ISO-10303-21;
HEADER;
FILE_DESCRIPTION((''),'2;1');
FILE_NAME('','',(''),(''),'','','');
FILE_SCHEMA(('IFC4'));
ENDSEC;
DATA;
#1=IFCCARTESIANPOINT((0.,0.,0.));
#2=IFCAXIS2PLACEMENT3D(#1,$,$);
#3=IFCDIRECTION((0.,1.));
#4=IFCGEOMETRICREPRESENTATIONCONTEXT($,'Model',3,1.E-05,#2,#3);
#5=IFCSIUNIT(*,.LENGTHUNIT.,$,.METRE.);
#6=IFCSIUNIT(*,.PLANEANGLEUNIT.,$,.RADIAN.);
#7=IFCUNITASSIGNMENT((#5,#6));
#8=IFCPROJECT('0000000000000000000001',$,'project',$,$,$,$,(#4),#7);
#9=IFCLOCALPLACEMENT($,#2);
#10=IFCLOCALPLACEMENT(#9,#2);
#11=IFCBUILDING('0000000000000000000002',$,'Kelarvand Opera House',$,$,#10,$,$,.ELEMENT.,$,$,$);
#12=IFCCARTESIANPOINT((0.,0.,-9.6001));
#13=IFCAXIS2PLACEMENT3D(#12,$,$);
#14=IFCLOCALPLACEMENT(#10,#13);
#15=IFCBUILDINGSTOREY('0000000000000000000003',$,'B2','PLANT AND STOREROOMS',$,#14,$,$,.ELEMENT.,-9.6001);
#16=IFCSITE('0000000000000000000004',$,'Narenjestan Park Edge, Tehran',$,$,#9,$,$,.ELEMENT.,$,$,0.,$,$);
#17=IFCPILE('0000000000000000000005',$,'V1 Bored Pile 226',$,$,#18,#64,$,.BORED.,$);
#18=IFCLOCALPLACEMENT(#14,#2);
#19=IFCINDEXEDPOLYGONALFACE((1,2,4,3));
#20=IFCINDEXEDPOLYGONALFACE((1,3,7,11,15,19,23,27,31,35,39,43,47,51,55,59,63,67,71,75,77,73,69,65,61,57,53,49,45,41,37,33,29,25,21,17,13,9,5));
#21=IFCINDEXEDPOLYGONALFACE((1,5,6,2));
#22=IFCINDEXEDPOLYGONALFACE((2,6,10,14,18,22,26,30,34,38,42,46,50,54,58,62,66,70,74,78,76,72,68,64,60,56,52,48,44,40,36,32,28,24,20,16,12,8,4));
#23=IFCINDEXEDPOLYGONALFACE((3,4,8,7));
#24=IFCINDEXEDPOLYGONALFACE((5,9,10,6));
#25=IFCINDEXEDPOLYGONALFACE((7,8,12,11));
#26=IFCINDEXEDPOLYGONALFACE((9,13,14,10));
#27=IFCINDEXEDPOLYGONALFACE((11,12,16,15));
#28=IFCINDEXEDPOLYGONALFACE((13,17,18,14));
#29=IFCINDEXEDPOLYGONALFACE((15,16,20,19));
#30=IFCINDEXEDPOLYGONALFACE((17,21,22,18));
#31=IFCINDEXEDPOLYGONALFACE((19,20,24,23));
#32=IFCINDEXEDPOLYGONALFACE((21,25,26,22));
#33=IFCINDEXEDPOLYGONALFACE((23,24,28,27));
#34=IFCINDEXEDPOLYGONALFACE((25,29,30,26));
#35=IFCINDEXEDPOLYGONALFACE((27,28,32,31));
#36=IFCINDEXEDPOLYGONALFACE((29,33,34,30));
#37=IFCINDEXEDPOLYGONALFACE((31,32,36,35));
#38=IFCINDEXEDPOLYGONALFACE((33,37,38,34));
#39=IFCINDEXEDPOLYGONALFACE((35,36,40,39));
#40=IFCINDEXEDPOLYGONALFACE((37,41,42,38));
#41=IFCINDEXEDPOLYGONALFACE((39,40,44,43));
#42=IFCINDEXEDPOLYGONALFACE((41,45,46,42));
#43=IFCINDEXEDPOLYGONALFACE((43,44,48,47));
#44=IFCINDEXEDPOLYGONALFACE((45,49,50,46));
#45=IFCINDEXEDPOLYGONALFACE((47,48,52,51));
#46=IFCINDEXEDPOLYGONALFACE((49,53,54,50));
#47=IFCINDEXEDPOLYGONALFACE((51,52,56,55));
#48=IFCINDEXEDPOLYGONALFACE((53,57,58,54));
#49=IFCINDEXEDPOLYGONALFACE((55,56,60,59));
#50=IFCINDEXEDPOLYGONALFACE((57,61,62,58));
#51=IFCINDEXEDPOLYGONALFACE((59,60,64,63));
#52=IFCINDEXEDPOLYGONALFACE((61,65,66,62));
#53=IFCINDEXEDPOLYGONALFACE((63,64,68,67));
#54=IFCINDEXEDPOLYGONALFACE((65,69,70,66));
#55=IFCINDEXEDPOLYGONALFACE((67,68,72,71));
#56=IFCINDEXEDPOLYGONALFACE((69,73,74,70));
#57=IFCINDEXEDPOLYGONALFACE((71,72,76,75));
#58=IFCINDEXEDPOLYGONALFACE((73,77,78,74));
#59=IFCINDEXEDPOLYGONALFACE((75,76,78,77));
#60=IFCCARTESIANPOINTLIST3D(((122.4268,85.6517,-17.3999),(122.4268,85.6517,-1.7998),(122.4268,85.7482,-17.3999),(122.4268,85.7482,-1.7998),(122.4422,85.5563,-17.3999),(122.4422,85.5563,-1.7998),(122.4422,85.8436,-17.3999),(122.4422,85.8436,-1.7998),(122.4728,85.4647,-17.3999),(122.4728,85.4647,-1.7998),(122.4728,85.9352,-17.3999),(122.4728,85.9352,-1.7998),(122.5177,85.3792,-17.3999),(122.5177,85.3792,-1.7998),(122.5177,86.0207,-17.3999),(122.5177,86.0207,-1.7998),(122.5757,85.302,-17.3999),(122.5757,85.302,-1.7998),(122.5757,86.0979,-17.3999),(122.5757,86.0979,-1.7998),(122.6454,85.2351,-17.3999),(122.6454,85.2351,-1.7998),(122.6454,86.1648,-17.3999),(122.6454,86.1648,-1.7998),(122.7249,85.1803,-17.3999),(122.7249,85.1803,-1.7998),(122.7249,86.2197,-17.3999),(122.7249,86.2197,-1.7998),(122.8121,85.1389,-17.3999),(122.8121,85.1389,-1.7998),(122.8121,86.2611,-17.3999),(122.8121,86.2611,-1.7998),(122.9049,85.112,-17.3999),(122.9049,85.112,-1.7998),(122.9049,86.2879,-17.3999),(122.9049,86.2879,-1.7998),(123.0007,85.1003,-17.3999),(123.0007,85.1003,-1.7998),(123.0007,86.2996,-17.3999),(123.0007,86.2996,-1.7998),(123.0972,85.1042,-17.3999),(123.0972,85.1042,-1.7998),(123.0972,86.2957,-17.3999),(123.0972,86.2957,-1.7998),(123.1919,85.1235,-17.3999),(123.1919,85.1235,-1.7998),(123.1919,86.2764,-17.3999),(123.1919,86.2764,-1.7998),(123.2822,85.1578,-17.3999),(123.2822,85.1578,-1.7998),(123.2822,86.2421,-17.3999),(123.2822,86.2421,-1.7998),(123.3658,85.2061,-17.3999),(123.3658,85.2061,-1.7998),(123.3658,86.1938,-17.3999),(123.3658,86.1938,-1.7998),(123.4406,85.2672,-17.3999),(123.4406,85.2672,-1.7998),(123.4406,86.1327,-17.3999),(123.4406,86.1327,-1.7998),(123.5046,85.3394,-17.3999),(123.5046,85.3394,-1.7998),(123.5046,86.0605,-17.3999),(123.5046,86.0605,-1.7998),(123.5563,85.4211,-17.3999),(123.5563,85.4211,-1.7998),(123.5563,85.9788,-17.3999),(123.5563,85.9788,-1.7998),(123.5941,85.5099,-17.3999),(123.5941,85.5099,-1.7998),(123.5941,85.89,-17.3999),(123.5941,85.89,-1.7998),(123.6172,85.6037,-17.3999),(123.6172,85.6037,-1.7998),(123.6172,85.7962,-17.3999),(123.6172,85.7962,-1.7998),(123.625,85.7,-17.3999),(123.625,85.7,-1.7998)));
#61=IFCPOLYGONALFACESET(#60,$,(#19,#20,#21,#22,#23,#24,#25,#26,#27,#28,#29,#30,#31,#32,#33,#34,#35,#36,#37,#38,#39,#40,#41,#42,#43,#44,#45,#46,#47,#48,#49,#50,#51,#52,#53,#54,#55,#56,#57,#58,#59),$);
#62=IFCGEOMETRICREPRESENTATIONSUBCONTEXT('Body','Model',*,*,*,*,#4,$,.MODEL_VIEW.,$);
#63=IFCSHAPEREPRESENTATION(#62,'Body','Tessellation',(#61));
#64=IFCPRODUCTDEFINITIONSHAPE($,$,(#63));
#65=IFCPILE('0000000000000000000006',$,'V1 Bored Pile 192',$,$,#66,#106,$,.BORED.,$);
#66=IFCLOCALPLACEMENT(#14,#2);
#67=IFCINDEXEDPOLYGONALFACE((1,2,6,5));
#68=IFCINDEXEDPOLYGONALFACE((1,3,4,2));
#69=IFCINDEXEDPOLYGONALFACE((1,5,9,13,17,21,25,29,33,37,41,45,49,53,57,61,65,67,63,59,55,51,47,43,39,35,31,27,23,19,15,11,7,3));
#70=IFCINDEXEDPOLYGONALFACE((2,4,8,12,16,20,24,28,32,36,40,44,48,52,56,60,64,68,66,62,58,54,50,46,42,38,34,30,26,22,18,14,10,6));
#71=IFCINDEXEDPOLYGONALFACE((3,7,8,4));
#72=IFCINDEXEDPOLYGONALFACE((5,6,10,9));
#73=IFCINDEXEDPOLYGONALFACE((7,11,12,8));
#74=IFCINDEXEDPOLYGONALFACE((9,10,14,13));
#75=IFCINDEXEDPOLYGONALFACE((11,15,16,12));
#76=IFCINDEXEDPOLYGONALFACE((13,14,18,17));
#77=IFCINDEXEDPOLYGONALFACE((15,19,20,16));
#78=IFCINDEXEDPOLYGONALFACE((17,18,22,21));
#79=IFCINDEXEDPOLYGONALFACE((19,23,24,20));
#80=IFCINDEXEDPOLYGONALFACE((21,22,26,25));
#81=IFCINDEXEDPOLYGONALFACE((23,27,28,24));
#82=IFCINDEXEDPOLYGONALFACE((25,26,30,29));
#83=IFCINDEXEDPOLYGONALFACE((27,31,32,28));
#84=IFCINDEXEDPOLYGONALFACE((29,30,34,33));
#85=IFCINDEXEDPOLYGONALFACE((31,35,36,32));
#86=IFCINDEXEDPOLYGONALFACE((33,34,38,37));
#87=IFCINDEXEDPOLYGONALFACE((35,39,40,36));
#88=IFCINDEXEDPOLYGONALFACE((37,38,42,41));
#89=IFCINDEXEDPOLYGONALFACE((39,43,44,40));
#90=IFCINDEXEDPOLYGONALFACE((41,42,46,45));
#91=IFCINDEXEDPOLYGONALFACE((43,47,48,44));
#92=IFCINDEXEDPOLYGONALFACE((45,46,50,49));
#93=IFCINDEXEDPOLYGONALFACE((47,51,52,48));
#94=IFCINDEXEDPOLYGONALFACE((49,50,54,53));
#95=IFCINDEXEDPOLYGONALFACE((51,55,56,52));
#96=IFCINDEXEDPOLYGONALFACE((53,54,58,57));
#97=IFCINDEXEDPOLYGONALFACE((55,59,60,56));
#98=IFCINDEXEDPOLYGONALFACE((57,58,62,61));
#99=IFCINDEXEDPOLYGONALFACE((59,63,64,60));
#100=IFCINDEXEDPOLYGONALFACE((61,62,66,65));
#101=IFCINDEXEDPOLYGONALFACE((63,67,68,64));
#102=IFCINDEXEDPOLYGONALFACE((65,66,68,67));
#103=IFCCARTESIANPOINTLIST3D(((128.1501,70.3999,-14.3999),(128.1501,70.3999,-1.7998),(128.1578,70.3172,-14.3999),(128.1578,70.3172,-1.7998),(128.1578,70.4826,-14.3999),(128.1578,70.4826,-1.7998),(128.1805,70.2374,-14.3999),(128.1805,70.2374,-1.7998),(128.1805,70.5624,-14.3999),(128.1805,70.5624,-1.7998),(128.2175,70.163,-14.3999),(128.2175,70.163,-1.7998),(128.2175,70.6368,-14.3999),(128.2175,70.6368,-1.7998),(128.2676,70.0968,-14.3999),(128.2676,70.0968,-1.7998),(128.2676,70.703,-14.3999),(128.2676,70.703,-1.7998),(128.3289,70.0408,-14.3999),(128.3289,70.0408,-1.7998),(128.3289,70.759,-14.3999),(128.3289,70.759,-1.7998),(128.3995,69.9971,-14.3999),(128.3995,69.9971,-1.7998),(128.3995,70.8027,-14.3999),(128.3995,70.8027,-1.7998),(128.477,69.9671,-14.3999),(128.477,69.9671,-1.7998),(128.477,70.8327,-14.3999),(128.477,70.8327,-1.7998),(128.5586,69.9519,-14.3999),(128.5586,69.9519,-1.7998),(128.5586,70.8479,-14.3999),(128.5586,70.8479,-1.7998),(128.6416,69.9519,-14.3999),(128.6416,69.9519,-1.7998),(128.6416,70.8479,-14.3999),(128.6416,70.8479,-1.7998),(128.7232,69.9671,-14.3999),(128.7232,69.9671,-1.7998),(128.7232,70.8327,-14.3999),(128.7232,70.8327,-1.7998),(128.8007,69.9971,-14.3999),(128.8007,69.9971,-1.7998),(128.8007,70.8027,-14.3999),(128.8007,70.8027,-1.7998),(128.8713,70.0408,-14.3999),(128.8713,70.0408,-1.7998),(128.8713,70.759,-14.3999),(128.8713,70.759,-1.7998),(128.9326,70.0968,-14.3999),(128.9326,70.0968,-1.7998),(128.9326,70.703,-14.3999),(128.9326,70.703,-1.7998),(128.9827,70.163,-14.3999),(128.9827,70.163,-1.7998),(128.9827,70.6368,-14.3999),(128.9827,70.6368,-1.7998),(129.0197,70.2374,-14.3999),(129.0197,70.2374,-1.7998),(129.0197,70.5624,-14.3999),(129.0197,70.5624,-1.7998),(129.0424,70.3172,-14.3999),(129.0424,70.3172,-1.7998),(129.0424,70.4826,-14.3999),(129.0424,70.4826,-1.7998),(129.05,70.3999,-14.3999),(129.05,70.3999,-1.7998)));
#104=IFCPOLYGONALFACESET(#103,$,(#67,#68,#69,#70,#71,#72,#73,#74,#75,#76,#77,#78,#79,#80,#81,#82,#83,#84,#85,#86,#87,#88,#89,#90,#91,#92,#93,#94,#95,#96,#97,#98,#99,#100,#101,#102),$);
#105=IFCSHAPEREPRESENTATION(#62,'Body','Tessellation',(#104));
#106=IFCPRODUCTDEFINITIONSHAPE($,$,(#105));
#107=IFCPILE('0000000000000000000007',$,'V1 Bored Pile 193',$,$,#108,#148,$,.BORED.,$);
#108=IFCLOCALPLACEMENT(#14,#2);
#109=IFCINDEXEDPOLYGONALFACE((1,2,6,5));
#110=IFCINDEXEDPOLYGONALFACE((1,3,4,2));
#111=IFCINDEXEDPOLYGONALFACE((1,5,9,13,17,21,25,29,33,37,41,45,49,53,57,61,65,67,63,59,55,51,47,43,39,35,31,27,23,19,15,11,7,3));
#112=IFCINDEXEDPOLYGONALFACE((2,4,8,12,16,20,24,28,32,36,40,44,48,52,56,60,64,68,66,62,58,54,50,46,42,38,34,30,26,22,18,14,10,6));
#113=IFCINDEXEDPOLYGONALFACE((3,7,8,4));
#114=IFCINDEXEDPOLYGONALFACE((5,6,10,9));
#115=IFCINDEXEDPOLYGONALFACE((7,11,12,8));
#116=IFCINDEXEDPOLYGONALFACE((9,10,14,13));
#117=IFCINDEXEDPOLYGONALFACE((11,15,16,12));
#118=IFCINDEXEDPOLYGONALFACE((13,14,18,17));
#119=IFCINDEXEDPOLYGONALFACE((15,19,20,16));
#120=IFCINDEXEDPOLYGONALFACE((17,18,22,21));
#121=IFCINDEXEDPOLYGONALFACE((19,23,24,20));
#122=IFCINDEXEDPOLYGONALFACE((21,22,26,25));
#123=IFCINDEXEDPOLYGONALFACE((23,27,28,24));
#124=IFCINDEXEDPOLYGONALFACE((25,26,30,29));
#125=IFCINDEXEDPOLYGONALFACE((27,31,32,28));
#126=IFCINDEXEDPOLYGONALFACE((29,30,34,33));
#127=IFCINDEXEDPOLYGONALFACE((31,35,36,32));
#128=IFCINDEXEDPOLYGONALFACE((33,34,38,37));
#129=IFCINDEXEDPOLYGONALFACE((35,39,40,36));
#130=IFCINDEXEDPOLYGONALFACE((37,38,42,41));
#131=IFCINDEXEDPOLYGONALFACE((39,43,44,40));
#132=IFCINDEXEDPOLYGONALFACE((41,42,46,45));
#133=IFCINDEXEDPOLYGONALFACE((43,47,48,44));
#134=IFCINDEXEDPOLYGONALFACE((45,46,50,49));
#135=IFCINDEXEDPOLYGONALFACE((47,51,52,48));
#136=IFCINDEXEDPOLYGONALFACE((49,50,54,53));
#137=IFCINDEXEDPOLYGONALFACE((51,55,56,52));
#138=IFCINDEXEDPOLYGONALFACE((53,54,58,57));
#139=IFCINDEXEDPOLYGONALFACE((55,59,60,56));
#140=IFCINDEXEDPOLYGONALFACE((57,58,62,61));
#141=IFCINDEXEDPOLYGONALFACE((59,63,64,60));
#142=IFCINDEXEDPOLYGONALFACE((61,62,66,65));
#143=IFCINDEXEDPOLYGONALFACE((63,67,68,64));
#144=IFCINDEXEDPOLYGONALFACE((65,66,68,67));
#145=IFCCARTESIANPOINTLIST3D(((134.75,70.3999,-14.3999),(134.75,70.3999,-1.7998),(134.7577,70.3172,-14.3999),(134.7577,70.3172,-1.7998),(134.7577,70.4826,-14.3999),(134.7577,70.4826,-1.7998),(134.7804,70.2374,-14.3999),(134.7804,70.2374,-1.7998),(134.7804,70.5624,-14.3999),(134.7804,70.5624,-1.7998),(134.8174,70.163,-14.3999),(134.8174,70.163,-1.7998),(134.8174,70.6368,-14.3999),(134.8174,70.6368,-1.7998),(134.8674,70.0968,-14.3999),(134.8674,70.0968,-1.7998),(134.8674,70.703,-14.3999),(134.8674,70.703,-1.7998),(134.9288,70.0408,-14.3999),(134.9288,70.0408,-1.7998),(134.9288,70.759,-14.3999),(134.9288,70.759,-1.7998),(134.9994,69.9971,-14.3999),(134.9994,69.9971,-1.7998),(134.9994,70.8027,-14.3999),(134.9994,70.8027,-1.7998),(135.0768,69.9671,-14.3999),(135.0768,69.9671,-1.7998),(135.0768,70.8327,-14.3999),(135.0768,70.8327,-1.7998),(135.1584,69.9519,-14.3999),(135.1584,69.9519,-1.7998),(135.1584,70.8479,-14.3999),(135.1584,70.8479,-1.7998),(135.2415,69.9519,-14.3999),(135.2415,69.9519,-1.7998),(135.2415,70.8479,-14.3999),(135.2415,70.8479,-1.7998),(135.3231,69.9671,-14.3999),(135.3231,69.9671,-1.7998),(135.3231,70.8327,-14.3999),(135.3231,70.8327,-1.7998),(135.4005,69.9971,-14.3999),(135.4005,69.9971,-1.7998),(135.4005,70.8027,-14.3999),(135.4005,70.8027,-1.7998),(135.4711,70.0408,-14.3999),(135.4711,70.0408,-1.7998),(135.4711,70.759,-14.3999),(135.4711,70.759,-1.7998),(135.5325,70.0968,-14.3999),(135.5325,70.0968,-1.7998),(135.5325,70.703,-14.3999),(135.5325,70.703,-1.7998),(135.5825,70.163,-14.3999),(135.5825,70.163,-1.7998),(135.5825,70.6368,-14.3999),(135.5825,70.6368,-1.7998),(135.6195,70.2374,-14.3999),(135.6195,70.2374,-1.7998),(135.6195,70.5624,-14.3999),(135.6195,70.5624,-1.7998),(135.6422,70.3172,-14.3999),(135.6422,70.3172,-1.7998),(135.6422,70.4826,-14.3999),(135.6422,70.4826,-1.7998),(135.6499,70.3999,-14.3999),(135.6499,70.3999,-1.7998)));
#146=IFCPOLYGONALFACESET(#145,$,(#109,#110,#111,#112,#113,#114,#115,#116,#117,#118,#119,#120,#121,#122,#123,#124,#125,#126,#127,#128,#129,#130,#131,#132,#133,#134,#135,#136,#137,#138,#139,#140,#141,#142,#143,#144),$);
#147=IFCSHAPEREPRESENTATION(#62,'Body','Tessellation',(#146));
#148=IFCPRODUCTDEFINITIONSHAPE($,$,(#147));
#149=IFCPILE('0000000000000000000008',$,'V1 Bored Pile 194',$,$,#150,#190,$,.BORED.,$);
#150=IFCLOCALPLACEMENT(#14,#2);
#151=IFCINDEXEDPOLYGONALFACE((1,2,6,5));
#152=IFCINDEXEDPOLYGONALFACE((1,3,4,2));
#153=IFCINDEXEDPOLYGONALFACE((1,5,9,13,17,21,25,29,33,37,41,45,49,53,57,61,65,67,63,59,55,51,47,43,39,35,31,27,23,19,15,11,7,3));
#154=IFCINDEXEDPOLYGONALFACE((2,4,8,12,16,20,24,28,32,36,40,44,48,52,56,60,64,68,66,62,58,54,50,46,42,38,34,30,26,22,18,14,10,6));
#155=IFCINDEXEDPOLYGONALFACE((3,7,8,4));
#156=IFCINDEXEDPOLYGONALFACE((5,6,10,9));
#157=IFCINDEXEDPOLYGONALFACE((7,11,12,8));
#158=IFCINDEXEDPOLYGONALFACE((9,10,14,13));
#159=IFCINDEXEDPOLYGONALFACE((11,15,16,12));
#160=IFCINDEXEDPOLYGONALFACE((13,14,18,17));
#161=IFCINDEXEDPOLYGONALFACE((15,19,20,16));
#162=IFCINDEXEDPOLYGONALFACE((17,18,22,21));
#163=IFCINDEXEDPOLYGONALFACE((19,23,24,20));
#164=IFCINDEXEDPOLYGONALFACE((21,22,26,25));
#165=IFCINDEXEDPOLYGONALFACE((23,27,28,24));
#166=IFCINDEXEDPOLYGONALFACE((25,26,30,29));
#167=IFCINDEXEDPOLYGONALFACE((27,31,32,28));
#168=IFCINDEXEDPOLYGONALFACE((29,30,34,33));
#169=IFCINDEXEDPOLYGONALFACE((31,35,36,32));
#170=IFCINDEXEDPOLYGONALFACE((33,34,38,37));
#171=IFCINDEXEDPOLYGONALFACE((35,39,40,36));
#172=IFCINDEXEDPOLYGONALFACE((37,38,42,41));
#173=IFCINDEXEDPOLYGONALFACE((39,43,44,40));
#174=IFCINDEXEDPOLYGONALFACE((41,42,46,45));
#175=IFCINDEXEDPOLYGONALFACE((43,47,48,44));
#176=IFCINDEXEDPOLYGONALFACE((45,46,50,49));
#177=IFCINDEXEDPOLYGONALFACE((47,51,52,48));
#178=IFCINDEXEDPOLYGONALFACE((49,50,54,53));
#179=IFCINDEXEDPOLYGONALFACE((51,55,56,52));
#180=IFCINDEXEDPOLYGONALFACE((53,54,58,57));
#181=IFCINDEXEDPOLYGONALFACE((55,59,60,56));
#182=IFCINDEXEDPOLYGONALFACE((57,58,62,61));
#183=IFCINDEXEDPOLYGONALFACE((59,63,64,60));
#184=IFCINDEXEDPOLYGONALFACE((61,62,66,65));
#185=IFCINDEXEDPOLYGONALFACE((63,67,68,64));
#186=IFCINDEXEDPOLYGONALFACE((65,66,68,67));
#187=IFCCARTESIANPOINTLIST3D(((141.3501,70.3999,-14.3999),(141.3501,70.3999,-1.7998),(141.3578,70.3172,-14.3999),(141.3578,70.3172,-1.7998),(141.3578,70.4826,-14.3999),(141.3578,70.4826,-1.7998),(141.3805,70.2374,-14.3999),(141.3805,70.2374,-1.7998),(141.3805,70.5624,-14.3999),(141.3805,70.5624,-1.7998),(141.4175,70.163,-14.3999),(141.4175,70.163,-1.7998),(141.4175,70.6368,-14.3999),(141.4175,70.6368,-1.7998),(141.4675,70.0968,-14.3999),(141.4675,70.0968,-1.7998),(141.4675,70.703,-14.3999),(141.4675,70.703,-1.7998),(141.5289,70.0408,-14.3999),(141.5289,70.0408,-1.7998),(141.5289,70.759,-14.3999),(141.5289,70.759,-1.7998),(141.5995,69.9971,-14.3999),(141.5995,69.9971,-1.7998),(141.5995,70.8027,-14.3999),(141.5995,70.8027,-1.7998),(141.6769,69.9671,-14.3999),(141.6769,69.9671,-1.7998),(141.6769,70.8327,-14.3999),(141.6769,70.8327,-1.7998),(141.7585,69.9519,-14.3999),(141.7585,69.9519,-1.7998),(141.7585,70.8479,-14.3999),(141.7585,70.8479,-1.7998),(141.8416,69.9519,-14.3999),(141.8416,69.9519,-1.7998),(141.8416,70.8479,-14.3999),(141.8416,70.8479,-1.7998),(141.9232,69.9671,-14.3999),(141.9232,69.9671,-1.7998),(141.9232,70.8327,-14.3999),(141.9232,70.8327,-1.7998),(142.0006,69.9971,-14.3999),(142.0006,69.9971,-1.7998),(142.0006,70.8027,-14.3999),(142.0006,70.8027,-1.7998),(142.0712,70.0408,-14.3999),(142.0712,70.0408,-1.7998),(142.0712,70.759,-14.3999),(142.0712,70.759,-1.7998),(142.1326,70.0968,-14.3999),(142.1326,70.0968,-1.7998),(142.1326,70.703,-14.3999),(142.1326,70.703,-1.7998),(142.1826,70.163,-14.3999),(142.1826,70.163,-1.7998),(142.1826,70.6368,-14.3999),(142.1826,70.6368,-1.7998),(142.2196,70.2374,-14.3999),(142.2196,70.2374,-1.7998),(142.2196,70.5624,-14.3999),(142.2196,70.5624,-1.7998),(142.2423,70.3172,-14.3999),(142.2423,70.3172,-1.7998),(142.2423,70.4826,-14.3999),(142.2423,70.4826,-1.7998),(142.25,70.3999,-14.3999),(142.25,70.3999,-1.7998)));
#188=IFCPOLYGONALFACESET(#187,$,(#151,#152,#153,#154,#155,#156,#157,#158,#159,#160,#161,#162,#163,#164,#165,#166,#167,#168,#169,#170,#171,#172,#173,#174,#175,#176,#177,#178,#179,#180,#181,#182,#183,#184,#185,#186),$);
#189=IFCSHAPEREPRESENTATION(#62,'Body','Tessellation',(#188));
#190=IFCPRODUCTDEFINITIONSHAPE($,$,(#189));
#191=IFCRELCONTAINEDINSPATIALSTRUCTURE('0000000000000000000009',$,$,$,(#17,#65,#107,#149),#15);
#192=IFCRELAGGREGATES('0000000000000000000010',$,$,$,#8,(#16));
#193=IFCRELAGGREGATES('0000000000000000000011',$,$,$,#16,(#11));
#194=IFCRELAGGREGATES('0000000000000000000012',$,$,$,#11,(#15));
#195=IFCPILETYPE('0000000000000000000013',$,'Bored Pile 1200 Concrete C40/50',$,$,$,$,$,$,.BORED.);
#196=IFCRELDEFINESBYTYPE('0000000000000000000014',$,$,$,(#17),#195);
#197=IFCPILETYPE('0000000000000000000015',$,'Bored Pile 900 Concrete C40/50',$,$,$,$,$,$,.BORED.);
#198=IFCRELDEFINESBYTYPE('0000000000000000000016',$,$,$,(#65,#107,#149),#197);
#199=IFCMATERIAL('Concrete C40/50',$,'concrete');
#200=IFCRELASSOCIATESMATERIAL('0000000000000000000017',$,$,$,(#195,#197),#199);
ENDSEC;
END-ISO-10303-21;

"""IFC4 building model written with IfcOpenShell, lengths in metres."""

from ifc_helpers import new_model, si_unit, direction, frame, origin, origin_2d, place, context, subcontext, project, spatial, circle, extrude, material, material_profile, profile_set, type_object, element, save


model = new_model("IFC4")

# Units and contexts
model_context = context("Model", 3, precision=1e-05, world=origin(), true_north=direction((0.0, 1.0)))
body_context = subcontext(model_context, "Body", "Model", "MODEL_VIEW")
ifc_project = project(units=[si_unit("LENGTHUNIT", "METRE"), si_unit("PLANEANGLEUNIT", "RADIAN")], contexts=[model_context])

# Site, building, storey
site_placement = place(None, origin())
site = spatial("IfcSite", under=ifc_project, at=site_placement, Name="Narenjestan Park Edge, Tehran", CompositionType="ELEMENT", RefElevation=0.0)
building_placement = place(site_placement, origin())
building = spatial("IfcBuilding", under=site, at=building_placement, Name="Kelarvand Opera House", CompositionType="ELEMENT")
storey_placement = place(building_placement, frame((0.0, 0.0, -9.6001)))
storey = spatial("IfcBuildingStorey", under=building, at=storey_placement, Name="B2", Description="PLANT AND STOREROOMS", CompositionType="ELEMENT", Elevation=-9.6001)

# Piles
ifc_material_1 = material(Name="Concrete C40/50", Category="concrete")
ifc_material_profile_1 = material_profile(ifc_material_1, circle(Radius=0.6001, at=origin_2d()), Name="BP 1200", Category="concrete")
ifc_profile_set_1 = profile_set([ifc_material_profile_1], Name="Concrete C40/50")
pile_type_1 = type_object("IfcPileType", Name="Bored Pile 1200 Concrete C40/50", PredefinedType="BORED", material=ifc_profile_set_1)
pile_placement = place(storey_placement, frame((123.0249, 85.7, -1.7998), z_axis=(0.0, 0.0, -1.0), x_axis=(1.0, 0.0, 0.0)))
element("IfcPile", 1, at=pile_placement, inside=storey, type_object=pile_type_1, Name="V1 Bored Pile 226", PredefinedType="BORED", context=body_context, shape_type="SweptSolid", body=[
    extrude(circle(Radius=0.6001, at=origin_2d()), origin(), (0.0, 0.0, 1.0), 15.6001),
])
ifc_material_profile_2 = material_profile(ifc_material_1, circle(Radius=0.45, at=origin_2d()), Name="BP 900", Category="concrete")
ifc_profile_set_2 = profile_set([ifc_material_profile_2], Name="Concrete C40/50")
pile_type_2 = type_object("IfcPileType", Name="Bored Pile 900 Concrete C40/50", PredefinedType="BORED", material=ifc_profile_set_2)
for number, where, z_axis, x_axis, name in (
    (2, (128.6001, 70.3999, -1.7998), (0.0, 0.0, -1.0), (1.0, 0.0, 0.0), "V1 Bored Pile 192"),
    (3, (135.2, 70.3999, -1.7998), (0.0, 0.0, -1.0), (1.0, 0.0, 0.0), "V1 Bored Pile 193"),
    (4, (141.8, 70.3999, -1.7998), (0.0, 0.0, -1.0), (1.0, 0.0, 0.0), "V1 Bored Pile 194"),
):
    element("IfcPile", number, at=place(storey_placement, frame(where, z_axis=z_axis, x_axis=x_axis)), inside=storey, type_object=pile_type_2, Name=name, PredefinedType="BORED", context=body_context, shape_type="SweptSolid", body=[
        extrude(circle(Radius=0.45, at=origin_2d()), origin(), (0.0, 0.0, 1.0), 12.6001),
    ])

save(model, "model.ifc")
